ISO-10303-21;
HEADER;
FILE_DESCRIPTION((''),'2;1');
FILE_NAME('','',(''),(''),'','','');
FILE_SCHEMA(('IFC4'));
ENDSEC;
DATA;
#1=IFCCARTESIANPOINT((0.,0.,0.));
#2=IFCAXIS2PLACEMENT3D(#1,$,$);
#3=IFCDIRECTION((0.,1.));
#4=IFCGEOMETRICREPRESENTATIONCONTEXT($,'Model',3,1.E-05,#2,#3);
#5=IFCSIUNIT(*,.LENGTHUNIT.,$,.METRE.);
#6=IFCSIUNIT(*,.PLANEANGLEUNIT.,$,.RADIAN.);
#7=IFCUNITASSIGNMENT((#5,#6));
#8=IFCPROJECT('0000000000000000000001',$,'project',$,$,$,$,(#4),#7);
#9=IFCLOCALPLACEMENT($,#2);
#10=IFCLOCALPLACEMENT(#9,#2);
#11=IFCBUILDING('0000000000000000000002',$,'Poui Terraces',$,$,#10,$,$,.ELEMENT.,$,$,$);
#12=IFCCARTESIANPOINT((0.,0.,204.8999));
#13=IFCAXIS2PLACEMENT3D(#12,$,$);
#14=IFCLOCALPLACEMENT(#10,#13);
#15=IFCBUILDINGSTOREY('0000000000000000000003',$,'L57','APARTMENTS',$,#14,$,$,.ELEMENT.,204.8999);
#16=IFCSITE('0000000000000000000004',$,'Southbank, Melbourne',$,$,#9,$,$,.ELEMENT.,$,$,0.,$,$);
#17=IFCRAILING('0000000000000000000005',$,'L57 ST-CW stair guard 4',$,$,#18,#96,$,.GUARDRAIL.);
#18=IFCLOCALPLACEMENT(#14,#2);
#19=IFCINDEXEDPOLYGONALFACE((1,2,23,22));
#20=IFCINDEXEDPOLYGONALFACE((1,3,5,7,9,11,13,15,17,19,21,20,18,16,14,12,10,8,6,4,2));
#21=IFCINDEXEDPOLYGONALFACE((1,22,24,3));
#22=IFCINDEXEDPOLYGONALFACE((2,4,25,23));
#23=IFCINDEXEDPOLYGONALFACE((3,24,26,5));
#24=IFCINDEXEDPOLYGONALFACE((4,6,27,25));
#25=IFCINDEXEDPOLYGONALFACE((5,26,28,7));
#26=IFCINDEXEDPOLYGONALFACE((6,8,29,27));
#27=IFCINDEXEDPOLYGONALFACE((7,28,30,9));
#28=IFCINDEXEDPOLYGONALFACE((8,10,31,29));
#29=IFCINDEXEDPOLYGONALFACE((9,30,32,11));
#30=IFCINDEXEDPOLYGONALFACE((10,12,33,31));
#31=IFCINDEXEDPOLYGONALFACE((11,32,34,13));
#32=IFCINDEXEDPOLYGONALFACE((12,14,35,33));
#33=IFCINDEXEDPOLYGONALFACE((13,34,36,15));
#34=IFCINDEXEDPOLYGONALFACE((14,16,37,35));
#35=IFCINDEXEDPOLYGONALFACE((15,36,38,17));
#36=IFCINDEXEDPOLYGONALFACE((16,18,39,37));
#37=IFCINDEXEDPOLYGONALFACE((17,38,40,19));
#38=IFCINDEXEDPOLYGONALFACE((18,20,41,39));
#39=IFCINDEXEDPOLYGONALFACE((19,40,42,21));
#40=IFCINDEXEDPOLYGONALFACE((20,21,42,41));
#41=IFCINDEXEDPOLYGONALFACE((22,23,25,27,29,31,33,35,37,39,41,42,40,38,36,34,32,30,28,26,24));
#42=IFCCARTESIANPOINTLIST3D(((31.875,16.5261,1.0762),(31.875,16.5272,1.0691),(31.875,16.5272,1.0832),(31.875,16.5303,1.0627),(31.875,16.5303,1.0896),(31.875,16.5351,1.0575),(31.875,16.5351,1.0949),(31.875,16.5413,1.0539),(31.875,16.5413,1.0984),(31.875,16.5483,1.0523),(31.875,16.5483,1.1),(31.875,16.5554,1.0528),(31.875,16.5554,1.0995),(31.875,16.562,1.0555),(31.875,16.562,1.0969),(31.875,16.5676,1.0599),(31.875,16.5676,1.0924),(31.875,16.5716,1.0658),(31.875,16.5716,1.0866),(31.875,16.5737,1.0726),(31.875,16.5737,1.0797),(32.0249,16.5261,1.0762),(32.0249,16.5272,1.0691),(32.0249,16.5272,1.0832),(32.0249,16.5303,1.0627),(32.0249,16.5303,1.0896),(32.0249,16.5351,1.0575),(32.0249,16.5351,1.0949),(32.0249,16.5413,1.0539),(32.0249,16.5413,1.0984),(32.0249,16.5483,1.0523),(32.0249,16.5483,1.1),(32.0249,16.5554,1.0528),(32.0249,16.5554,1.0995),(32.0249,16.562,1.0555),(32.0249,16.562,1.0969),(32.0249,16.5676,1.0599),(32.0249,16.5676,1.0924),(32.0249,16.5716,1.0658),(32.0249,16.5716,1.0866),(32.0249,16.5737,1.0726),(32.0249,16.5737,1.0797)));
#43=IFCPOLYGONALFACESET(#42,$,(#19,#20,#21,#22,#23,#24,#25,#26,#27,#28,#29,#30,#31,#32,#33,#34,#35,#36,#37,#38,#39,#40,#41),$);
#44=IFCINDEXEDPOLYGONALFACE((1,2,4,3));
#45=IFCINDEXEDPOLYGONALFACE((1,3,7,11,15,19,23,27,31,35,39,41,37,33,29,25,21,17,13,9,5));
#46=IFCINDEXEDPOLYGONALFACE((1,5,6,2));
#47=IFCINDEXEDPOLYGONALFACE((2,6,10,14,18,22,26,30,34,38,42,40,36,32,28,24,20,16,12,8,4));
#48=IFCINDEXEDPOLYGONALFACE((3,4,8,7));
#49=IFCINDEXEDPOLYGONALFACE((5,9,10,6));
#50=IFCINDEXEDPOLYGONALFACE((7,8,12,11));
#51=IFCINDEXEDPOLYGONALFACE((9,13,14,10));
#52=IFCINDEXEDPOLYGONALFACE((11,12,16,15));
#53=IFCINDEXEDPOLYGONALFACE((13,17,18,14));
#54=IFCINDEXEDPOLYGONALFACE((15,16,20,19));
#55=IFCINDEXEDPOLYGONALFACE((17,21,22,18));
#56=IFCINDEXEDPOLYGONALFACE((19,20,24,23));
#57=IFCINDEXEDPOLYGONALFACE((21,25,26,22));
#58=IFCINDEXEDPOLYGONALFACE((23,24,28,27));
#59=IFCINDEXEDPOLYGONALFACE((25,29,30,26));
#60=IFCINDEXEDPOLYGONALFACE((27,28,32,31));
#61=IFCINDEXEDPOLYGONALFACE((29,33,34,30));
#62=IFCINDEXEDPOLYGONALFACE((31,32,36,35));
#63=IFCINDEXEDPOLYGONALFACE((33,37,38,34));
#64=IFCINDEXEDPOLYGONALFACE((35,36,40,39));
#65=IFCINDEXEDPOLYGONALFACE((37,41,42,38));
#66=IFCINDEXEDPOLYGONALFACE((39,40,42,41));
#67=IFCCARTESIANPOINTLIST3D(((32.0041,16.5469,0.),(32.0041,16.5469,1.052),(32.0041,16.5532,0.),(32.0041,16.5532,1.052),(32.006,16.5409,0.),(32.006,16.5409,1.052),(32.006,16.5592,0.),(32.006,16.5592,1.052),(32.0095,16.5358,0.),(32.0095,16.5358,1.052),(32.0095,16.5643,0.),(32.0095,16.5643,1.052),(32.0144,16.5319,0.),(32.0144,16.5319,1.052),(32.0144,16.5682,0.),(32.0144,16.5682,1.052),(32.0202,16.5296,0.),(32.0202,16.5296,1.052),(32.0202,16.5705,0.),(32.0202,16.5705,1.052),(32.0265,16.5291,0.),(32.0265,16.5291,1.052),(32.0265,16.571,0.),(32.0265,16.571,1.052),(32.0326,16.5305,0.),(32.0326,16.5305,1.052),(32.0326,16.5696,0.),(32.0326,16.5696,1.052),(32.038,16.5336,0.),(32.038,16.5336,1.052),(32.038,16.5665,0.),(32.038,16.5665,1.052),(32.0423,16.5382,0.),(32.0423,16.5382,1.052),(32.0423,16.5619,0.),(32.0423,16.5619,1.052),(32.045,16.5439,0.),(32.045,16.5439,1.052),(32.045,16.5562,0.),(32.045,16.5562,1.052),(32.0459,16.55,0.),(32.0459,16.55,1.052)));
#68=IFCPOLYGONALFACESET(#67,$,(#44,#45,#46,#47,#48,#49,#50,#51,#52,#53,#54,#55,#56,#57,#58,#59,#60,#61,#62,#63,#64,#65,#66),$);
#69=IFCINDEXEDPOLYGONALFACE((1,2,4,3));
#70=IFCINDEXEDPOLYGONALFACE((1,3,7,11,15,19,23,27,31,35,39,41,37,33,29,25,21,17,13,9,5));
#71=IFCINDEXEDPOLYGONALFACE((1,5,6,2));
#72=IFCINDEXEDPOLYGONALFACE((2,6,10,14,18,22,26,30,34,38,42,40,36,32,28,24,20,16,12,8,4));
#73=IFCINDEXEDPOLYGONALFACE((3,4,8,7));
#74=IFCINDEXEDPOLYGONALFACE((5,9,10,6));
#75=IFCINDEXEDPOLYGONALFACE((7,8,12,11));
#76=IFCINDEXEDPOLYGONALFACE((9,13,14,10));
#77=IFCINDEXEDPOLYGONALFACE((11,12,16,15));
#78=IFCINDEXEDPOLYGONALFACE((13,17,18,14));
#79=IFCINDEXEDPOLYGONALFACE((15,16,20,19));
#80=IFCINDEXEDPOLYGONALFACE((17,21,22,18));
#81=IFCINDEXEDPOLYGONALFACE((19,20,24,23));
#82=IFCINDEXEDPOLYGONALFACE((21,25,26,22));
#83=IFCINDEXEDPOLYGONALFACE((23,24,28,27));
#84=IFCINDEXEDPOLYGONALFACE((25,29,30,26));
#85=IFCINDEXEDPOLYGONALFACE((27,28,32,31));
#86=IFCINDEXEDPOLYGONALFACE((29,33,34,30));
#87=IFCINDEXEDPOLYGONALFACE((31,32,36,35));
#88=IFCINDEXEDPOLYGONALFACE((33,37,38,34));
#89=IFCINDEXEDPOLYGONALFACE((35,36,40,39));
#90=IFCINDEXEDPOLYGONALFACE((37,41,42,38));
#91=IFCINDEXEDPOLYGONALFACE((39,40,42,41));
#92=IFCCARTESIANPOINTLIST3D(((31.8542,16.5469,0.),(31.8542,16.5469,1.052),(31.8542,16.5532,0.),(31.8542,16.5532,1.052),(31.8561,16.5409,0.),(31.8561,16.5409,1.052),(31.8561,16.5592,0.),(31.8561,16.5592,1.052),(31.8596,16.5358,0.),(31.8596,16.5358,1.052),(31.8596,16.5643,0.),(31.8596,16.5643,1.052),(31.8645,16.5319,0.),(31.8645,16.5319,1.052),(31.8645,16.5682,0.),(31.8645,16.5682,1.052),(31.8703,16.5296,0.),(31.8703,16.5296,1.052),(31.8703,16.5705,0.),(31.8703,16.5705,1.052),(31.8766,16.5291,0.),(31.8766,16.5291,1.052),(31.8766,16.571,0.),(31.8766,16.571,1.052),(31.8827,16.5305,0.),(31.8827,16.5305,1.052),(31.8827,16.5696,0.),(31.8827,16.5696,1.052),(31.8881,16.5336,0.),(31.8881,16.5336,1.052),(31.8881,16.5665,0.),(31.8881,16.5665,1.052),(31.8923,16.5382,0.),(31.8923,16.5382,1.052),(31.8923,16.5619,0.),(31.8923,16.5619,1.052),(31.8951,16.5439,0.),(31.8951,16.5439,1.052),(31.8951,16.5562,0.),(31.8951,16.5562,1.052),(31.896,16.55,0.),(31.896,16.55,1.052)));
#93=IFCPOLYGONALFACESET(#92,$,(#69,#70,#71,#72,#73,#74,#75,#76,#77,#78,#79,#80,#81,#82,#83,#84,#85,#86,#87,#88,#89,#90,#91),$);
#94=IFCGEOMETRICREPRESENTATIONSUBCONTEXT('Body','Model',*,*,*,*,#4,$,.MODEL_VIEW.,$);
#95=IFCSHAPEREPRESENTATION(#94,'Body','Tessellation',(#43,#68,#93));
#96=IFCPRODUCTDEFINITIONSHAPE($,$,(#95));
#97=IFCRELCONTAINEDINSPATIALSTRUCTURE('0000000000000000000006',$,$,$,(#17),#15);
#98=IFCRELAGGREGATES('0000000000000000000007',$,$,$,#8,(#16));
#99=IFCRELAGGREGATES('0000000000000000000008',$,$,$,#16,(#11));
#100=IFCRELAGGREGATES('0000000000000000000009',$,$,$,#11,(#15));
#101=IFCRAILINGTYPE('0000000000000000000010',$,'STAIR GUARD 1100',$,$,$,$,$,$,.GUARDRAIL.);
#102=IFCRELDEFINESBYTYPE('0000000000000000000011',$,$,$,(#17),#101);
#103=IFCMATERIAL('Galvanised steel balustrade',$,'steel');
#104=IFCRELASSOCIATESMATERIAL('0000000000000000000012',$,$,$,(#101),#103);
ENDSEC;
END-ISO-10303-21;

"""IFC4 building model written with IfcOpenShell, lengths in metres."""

from ifc_helpers import new_model, si_unit, direction, frame, origin, origin_2d, place, context, subcontext, project, spatial, circle, extrude, material, type_object, element, save


model = new_model("IFC4")

# Units and contexts
model_context = context("Model", 3, precision=1e-05, world=origin(), true_north=direction((0.0, 1.0)))
body_context = subcontext(model_context, "Body", "Model", "MODEL_VIEW")
ifc_project = project(units=[si_unit("LENGTHUNIT", "METRE"), si_unit("PLANEANGLEUNIT", "RADIAN")], contexts=[model_context])

# Site, building, storey
site_placement = place(None, origin())
site = spatial("IfcSite", under=ifc_project, at=site_placement, Name="Southbank, Melbourne", CompositionType="ELEMENT", RefElevation=0.0)
building_placement = place(site_placement, origin())
building = spatial("IfcBuilding", under=site, at=building_placement, Name="Poui Terraces", CompositionType="ELEMENT")
storey_placement = place(building_placement, frame((0.0, 0.0, 204.8999)))
storey = spatial("IfcBuildingStorey", under=building, at=storey_placement, Name="L57", Description="APARTMENTS", CompositionType="ELEMENT", Elevation=204.8999)

# Railing
ifc_material_1 = material(Name="Galvanised steel balustrade", Category="steel")
railing_type_1 = type_object("IfcRailingType", Name="STAIR GUARD 1100", PredefinedType="GUARDRAIL", material=ifc_material_1)
railing_1_placement = place(storey_placement, frame((32.0249, 16.55, 0.0)))
element("IfcRailing", 1, at=railing_1_placement, inside=storey, type_object=railing_type_1, Name="L57 ST-CW stair guard 4", PredefinedType="GUARDRAIL", context=body_context, shape_type="SweptSolid", body=[
    extrude(circle(Radius=0.0239, at=origin_2d()), frame((0.0, 0.0, 1.0762), z_axis=(-1.0, 0.0, 0.0), x_axis=(0.0, -1.0, 0.0)), (0.0, 0.0, 1.0), 0.1499),
    extrude(circle(Radius=0.021, at=origin_2d()), origin(), (0.0, 0.0, 1.0), 1.052),
    extrude(circle(Radius=0.021, at=origin_2d()), frame((-0.1499, 0.0, 0.0)), (0.0, 0.0, 1.0), 1.052),
])

save(model, "model.ifc")
